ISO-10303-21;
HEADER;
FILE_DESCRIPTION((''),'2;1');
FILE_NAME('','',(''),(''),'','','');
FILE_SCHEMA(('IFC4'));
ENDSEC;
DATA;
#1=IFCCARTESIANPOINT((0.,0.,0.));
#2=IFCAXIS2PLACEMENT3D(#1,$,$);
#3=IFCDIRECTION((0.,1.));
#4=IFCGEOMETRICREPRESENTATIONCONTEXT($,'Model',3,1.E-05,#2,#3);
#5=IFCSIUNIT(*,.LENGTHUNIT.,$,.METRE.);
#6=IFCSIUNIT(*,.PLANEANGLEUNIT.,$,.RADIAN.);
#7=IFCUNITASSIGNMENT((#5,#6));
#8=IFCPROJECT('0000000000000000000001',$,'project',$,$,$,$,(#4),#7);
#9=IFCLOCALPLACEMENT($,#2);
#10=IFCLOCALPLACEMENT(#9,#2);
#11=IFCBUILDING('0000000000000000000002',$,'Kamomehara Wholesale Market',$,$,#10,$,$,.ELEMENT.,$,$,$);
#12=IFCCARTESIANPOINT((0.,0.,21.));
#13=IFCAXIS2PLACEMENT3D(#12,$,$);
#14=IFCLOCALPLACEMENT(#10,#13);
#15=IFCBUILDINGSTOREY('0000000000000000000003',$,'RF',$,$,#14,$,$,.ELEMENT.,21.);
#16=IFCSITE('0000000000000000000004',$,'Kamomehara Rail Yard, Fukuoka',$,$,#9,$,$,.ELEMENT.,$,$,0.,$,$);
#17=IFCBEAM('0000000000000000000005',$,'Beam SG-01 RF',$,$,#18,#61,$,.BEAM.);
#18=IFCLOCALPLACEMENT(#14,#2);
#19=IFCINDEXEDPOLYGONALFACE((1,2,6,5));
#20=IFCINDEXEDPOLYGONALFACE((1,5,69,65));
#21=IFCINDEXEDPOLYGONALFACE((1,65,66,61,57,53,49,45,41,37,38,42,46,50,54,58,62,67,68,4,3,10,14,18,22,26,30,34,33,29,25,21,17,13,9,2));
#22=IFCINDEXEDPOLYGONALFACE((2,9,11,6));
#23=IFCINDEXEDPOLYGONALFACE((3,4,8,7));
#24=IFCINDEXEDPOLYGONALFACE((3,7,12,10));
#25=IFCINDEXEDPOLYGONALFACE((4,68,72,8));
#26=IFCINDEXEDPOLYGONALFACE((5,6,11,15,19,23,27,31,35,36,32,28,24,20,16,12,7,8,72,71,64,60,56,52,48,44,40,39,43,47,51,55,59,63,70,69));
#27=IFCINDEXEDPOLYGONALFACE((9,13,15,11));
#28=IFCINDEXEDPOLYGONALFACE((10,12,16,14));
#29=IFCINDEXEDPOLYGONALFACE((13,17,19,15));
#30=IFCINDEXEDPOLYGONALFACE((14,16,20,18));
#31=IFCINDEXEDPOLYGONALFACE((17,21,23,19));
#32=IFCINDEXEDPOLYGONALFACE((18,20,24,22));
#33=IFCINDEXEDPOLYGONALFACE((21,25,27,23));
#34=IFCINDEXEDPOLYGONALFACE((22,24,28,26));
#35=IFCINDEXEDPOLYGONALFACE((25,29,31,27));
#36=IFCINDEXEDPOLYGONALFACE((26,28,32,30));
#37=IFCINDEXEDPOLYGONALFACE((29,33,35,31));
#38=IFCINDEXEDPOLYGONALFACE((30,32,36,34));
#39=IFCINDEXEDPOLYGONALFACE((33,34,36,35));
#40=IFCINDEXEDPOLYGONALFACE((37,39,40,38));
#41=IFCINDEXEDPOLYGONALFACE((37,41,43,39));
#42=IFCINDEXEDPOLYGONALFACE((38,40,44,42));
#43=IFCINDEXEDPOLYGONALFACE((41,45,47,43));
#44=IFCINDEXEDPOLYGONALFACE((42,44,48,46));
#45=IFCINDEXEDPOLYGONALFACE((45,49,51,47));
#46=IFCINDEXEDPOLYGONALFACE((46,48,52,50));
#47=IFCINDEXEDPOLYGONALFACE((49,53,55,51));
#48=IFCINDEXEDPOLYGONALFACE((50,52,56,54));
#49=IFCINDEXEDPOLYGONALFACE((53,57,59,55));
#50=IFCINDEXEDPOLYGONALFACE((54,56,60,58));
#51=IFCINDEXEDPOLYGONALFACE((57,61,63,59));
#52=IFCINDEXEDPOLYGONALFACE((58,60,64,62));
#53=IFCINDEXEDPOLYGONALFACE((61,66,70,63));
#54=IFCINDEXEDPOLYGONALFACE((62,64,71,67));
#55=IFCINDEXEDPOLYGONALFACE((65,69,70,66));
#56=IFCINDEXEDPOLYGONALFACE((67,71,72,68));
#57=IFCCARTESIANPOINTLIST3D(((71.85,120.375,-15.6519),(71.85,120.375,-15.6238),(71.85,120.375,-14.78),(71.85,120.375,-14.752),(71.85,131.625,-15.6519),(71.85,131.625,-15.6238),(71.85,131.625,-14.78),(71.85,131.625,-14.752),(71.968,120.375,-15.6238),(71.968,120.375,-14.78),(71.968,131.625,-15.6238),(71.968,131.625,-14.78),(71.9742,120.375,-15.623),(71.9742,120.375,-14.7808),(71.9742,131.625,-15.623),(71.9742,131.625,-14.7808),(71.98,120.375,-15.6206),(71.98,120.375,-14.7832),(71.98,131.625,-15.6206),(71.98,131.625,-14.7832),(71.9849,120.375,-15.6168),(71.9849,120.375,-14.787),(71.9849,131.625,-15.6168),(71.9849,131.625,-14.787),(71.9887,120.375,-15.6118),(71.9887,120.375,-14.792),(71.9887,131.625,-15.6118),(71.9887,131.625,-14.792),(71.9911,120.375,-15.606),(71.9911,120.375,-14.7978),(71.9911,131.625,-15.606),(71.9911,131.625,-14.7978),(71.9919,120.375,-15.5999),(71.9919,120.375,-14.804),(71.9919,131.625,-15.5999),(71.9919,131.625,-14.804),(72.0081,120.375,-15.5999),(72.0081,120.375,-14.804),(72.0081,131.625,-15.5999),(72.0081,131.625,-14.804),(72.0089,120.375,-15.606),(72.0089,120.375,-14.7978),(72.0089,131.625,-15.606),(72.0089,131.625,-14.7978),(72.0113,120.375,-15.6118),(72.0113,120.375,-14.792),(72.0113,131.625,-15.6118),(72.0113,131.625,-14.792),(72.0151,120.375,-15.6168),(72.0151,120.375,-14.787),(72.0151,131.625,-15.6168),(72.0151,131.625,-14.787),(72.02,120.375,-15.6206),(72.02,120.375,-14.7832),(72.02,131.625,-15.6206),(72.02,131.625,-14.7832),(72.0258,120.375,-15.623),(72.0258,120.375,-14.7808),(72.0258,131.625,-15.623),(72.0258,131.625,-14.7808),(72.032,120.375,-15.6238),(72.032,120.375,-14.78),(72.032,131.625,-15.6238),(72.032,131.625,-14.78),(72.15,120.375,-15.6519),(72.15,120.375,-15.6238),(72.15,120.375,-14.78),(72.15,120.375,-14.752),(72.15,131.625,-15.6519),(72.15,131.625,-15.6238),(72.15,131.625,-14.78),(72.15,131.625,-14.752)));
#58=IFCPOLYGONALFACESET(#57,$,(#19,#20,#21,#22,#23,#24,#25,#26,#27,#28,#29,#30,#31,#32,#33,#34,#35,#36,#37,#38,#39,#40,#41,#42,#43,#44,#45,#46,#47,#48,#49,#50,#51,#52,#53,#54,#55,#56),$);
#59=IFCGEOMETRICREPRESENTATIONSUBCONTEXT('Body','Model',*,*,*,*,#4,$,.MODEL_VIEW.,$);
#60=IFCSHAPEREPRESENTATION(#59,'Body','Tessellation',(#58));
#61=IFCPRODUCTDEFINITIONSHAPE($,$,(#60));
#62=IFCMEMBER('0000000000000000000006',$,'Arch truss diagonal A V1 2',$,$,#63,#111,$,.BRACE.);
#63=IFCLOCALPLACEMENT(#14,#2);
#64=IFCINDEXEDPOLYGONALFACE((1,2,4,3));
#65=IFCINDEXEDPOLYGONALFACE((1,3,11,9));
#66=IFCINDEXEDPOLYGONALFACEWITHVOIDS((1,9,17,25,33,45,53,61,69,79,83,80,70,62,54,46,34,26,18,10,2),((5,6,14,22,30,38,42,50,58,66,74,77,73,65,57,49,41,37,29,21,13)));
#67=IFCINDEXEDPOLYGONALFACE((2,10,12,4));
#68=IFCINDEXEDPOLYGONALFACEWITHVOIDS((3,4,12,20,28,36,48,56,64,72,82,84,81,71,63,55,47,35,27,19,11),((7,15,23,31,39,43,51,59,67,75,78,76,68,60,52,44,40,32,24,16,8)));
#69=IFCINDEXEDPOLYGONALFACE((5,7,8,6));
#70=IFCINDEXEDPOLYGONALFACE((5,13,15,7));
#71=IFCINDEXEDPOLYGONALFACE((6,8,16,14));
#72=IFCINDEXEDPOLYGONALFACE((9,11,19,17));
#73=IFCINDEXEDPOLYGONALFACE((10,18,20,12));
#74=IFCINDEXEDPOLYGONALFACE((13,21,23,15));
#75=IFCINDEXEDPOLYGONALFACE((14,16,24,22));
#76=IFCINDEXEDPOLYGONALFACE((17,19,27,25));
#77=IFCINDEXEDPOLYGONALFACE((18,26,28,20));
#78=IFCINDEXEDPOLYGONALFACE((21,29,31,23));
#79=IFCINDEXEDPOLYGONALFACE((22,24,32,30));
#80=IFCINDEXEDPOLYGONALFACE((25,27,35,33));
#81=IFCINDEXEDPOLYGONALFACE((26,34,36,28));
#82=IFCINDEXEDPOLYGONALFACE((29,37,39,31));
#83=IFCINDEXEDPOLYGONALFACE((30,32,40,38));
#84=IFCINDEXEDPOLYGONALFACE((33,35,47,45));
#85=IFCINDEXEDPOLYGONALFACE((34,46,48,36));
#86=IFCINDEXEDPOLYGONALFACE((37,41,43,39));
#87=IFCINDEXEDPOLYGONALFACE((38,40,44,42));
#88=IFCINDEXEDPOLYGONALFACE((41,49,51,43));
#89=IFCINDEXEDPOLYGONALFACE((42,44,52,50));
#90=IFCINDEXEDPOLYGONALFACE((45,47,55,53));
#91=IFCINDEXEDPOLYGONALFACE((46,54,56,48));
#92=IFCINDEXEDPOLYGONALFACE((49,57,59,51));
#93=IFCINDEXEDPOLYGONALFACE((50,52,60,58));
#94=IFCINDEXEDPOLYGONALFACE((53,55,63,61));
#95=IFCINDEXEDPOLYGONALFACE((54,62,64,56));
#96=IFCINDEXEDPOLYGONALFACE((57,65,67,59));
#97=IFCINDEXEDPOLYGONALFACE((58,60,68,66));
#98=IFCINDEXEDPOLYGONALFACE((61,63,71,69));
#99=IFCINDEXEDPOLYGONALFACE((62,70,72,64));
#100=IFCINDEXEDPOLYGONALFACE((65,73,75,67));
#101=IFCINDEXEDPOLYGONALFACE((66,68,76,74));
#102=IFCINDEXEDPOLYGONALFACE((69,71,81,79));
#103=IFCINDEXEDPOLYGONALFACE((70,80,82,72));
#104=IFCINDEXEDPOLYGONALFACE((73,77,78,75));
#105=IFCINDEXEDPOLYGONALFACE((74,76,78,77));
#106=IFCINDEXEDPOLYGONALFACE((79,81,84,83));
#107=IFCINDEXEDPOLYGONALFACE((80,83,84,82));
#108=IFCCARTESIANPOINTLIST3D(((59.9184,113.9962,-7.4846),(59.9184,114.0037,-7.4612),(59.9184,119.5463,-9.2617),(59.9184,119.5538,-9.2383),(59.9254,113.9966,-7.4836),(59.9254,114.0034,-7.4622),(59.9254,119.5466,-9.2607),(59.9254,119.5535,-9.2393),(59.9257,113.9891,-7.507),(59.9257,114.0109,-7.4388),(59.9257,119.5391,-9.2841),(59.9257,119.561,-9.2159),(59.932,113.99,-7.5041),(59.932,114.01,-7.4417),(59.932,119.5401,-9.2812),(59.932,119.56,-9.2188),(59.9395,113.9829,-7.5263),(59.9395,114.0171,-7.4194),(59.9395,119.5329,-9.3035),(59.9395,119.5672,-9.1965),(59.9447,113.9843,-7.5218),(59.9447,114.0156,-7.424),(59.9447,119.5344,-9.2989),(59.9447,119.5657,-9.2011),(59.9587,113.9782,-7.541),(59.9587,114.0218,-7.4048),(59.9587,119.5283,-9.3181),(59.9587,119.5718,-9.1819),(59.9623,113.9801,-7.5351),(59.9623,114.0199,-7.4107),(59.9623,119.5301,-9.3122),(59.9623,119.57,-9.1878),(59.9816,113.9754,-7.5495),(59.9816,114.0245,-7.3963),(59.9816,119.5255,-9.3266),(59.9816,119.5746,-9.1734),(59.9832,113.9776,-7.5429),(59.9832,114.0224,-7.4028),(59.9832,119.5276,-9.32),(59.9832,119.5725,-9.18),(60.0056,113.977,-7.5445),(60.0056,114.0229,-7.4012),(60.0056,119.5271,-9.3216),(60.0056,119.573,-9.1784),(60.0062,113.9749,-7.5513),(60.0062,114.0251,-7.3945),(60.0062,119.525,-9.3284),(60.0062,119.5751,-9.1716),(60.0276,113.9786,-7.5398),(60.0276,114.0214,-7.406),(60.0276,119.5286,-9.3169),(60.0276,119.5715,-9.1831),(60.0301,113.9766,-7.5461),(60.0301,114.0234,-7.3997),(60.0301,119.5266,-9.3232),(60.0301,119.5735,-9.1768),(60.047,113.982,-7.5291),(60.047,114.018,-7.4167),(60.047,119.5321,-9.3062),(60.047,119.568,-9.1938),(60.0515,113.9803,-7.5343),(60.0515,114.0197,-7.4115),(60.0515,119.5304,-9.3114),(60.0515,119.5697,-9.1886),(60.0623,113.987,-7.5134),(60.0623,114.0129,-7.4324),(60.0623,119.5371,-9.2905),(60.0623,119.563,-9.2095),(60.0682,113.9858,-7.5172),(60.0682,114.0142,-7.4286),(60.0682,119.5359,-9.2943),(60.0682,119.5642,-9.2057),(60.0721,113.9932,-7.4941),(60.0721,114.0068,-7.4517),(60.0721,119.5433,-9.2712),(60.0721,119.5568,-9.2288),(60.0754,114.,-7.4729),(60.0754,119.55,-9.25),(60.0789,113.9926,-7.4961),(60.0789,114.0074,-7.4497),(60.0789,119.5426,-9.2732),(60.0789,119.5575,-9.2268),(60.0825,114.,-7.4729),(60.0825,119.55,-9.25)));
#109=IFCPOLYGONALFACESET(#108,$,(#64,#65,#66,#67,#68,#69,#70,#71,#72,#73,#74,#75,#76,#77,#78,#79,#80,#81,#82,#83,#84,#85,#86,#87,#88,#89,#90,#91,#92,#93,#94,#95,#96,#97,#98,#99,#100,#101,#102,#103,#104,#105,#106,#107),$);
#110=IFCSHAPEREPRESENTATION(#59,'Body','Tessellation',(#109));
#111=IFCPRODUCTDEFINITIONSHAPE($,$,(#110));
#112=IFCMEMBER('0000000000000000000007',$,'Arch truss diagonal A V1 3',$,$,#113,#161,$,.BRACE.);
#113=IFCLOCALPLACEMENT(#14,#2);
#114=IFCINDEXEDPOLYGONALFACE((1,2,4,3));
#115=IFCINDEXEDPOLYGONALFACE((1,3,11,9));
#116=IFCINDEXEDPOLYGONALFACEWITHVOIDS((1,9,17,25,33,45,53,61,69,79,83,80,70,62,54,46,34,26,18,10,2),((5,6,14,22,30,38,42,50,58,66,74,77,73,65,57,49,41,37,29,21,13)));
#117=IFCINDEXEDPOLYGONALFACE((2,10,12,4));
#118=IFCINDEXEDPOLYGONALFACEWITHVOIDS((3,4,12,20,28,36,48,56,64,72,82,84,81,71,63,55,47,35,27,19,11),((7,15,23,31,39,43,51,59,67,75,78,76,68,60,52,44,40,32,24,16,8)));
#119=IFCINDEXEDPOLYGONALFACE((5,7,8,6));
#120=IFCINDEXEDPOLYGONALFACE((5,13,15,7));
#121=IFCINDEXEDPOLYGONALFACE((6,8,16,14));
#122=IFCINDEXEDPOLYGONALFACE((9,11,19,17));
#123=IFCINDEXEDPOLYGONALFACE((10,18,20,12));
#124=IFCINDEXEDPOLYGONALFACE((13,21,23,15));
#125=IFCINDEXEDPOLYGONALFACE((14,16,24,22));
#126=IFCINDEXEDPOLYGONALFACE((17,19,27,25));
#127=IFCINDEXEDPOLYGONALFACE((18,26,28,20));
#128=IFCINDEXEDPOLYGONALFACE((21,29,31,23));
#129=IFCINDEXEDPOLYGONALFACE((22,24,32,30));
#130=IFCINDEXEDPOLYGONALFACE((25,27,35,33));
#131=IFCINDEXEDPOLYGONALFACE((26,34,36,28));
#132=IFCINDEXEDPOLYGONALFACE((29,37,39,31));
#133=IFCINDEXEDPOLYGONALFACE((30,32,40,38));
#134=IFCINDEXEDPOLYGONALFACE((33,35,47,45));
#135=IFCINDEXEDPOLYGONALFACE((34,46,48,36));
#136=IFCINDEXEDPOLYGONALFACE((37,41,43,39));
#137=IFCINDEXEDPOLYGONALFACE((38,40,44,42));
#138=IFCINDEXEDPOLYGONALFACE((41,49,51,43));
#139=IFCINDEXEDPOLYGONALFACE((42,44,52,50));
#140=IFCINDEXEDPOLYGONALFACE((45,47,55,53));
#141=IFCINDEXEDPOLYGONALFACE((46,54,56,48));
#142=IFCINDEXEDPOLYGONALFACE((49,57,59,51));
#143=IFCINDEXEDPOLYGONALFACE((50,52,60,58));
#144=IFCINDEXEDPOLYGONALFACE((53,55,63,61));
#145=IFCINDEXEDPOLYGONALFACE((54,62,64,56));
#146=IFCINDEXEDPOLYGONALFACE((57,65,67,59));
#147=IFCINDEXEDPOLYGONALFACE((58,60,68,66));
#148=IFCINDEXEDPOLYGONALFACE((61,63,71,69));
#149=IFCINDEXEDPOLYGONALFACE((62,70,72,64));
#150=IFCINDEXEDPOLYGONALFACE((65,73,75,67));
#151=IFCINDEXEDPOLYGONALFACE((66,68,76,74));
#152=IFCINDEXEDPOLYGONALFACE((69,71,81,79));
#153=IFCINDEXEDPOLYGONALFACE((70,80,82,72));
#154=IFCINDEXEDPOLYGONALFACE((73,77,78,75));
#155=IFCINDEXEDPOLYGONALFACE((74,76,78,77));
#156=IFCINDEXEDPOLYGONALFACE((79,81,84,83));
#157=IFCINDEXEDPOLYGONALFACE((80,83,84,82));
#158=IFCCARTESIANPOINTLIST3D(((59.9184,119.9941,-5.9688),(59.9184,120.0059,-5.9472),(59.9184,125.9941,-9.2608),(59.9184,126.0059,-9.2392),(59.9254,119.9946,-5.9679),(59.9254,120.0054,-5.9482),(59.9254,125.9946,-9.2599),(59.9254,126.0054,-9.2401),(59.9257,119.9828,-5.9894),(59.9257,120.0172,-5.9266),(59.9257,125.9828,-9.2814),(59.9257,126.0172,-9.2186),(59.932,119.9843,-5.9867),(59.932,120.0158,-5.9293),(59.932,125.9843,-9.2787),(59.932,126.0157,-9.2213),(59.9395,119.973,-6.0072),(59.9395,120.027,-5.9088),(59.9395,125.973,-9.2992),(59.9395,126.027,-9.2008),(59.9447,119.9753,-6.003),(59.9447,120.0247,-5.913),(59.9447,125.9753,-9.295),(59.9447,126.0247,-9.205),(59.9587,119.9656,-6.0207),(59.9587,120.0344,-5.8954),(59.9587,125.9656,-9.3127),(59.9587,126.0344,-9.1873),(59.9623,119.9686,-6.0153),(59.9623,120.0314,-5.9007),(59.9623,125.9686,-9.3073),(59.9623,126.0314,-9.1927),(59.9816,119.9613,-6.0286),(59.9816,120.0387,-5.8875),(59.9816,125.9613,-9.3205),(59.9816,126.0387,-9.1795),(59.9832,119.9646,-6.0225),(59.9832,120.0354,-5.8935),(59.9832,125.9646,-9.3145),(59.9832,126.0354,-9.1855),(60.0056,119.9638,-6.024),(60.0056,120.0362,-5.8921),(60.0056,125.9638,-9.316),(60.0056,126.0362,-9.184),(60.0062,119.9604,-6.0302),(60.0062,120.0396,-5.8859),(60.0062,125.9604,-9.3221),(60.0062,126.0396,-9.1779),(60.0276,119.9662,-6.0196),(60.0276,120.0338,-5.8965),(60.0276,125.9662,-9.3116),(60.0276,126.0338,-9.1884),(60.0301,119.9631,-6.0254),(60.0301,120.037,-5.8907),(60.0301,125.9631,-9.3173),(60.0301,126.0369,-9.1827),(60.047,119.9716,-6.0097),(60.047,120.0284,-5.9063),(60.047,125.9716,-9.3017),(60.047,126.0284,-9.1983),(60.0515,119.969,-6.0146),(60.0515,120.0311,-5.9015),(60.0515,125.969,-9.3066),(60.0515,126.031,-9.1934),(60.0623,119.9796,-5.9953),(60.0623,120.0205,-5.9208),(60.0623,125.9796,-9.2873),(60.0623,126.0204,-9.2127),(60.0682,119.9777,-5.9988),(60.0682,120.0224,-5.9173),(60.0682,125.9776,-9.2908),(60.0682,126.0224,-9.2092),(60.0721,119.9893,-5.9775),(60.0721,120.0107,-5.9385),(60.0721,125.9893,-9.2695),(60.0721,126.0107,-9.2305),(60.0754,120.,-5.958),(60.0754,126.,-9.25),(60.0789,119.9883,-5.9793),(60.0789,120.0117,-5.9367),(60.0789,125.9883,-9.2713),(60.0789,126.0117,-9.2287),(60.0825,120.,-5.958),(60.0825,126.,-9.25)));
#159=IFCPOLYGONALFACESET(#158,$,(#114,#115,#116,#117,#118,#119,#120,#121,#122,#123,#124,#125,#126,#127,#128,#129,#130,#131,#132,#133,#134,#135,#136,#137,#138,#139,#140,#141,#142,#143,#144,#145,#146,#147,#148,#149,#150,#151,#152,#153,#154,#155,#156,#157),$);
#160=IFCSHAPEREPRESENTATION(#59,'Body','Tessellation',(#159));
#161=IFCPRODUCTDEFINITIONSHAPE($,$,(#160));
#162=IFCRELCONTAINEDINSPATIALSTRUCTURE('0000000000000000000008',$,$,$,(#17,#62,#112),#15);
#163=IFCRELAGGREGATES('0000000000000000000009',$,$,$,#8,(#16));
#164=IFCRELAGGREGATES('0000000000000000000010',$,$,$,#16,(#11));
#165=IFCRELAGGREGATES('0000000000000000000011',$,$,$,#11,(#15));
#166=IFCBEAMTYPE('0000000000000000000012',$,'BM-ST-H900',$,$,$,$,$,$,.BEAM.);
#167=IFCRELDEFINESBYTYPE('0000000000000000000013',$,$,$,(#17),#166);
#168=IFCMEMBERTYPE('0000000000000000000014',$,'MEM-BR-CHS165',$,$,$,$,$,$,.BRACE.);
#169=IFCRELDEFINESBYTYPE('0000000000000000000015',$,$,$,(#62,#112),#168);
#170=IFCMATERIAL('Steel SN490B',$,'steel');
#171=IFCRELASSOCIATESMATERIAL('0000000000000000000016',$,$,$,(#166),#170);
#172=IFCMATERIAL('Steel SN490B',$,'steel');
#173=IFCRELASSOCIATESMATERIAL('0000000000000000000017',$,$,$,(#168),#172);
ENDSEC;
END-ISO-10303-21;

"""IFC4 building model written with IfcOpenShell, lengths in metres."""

from ifc_helpers import new_model, si_unit, direction, frame, origin, origin_2d, place, context, subcontext, project, spatial, hollow_circle, i_section, extrude, material, material_profile, profile_set, type_object, element, save


model = new_model("IFC4")

# Units and contexts
model_context = context("Model", 3, precision=1e-05, world=origin(), true_north=direction((0.0, 1.0)))
body_context = subcontext(model_context, "Body", "Model", "MODEL_VIEW")
ifc_project = project(units=[si_unit("LENGTHUNIT", "METRE"), si_unit("PLANEANGLEUNIT", "RADIAN")], contexts=[model_context])

# Site, building, storey
site_placement = place(None, origin())
site = spatial("IfcSite", under=ifc_project, at=site_placement, Name="Kamomehara Rail Yard, Fukuoka", CompositionType="ELEMENT", RefElevation=0.0)
building_placement = place(site_placement, origin())
building = spatial("IfcBuilding", under=site, at=building_placement, Name="Kamomehara Wholesale Market", CompositionType="ELEMENT")
storey_placement = place(building_placement, frame((0.0, 0.0, 21.0)))
storey = spatial("IfcBuildingStorey", under=building, at=storey_placement, Name="RF", CompositionType="ELEMENT", Elevation=21.0)

# Beam
ifc_material_1 = material(Name="Steel SN490B", Category="steel")
ifc_material_profile_1 = material_profile(ifc_material_1, i_section(OverallWidth=0.3, OverallDepth=0.8999, WebThickness=0.0161, FlangeThickness=0.0281, FilletRadius=0.0239, at=origin_2d()), Name="H-900x300x16x28")
ifc_profile_set_1 = profile_set([ifc_material_profile_1], Name="Steel SN490B")
beam_type_1 = type_object("IfcBeamType", Name="BM-ST-H900", PredefinedType="BEAM", material=ifc_profile_set_1)
beam_1_placement = place(storey_placement, frame((72.0, 120.375, -15.2019), z_axis=(0.0, 1.0, 0.0), x_axis=(-1.0, 0.0, 0.0)))
element("IfcBeam", 1, at=beam_1_placement, inside=storey, type_object=beam_type_1, Name="Beam SG-01 RF", PredefinedType="BEAM", context=body_context, shape_type="SweptSolid", body=[
    extrude(i_section(OverallWidth=0.3, OverallDepth=0.8999, WebThickness=0.0161, FlangeThickness=0.0281, FilletRadius=0.0239, at=origin_2d()), origin(), (0.0, 0.0, 1.0), 11.25),
])

# Members
ifc_material_2 = material(Name="Steel SN490B", Category="steel")
ifc_material_profile_2 = material_profile(ifc_material_2, hollow_circle(Radius=0.0825, WallThickness=0.0071, at=origin_2d()), Name="CHS-165.2x7.1")
ifc_profile_set_2 = profile_set([ifc_material_profile_2], Name="Steel SN490B")
member_type_1 = type_object("IfcMemberType", Name="MEM-BR-CHS165", PredefinedType="BRACE", material=ifc_profile_set_2)
member_1_placement = place(storey_placement, frame((60.0, 119.55, -9.25), z_axis=(0.0, -0.95237, 0.304944), x_axis=(1.0, 0.0, 0.0)))
element("IfcMember", 2, at=member_1_placement, inside=storey, type_object=member_type_1, Name="Arch truss diagonal A V1 2", PredefinedType="BRACE", context=body_context, shape_type="SweptSolid", body=[
    extrude(hollow_circle(Radius=0.0825, WallThickness=0.0071, at=origin_2d()), origin(), (0.0, 0.0, 1.0), 5.8276),
])
member_2_placement = place(storey_placement, frame((60.0, 126.0, -9.25), z_axis=(0.0, -0.87671, 0.48102), x_axis=(1.0, 0.0, 0.0)))
element("IfcMember", 3, at=member_2_placement, inside=storey, type_object=member_type_1, Name="Arch truss diagonal A V1 3", PredefinedType="BRACE", context=body_context, shape_type="SweptSolid", body=[
    extrude(hollow_circle(Radius=0.0825, WallThickness=0.0071, at=origin_2d()), origin(), (0.0, 0.0, 1.0), 6.8438),
])

save(model, "model.ifc")
